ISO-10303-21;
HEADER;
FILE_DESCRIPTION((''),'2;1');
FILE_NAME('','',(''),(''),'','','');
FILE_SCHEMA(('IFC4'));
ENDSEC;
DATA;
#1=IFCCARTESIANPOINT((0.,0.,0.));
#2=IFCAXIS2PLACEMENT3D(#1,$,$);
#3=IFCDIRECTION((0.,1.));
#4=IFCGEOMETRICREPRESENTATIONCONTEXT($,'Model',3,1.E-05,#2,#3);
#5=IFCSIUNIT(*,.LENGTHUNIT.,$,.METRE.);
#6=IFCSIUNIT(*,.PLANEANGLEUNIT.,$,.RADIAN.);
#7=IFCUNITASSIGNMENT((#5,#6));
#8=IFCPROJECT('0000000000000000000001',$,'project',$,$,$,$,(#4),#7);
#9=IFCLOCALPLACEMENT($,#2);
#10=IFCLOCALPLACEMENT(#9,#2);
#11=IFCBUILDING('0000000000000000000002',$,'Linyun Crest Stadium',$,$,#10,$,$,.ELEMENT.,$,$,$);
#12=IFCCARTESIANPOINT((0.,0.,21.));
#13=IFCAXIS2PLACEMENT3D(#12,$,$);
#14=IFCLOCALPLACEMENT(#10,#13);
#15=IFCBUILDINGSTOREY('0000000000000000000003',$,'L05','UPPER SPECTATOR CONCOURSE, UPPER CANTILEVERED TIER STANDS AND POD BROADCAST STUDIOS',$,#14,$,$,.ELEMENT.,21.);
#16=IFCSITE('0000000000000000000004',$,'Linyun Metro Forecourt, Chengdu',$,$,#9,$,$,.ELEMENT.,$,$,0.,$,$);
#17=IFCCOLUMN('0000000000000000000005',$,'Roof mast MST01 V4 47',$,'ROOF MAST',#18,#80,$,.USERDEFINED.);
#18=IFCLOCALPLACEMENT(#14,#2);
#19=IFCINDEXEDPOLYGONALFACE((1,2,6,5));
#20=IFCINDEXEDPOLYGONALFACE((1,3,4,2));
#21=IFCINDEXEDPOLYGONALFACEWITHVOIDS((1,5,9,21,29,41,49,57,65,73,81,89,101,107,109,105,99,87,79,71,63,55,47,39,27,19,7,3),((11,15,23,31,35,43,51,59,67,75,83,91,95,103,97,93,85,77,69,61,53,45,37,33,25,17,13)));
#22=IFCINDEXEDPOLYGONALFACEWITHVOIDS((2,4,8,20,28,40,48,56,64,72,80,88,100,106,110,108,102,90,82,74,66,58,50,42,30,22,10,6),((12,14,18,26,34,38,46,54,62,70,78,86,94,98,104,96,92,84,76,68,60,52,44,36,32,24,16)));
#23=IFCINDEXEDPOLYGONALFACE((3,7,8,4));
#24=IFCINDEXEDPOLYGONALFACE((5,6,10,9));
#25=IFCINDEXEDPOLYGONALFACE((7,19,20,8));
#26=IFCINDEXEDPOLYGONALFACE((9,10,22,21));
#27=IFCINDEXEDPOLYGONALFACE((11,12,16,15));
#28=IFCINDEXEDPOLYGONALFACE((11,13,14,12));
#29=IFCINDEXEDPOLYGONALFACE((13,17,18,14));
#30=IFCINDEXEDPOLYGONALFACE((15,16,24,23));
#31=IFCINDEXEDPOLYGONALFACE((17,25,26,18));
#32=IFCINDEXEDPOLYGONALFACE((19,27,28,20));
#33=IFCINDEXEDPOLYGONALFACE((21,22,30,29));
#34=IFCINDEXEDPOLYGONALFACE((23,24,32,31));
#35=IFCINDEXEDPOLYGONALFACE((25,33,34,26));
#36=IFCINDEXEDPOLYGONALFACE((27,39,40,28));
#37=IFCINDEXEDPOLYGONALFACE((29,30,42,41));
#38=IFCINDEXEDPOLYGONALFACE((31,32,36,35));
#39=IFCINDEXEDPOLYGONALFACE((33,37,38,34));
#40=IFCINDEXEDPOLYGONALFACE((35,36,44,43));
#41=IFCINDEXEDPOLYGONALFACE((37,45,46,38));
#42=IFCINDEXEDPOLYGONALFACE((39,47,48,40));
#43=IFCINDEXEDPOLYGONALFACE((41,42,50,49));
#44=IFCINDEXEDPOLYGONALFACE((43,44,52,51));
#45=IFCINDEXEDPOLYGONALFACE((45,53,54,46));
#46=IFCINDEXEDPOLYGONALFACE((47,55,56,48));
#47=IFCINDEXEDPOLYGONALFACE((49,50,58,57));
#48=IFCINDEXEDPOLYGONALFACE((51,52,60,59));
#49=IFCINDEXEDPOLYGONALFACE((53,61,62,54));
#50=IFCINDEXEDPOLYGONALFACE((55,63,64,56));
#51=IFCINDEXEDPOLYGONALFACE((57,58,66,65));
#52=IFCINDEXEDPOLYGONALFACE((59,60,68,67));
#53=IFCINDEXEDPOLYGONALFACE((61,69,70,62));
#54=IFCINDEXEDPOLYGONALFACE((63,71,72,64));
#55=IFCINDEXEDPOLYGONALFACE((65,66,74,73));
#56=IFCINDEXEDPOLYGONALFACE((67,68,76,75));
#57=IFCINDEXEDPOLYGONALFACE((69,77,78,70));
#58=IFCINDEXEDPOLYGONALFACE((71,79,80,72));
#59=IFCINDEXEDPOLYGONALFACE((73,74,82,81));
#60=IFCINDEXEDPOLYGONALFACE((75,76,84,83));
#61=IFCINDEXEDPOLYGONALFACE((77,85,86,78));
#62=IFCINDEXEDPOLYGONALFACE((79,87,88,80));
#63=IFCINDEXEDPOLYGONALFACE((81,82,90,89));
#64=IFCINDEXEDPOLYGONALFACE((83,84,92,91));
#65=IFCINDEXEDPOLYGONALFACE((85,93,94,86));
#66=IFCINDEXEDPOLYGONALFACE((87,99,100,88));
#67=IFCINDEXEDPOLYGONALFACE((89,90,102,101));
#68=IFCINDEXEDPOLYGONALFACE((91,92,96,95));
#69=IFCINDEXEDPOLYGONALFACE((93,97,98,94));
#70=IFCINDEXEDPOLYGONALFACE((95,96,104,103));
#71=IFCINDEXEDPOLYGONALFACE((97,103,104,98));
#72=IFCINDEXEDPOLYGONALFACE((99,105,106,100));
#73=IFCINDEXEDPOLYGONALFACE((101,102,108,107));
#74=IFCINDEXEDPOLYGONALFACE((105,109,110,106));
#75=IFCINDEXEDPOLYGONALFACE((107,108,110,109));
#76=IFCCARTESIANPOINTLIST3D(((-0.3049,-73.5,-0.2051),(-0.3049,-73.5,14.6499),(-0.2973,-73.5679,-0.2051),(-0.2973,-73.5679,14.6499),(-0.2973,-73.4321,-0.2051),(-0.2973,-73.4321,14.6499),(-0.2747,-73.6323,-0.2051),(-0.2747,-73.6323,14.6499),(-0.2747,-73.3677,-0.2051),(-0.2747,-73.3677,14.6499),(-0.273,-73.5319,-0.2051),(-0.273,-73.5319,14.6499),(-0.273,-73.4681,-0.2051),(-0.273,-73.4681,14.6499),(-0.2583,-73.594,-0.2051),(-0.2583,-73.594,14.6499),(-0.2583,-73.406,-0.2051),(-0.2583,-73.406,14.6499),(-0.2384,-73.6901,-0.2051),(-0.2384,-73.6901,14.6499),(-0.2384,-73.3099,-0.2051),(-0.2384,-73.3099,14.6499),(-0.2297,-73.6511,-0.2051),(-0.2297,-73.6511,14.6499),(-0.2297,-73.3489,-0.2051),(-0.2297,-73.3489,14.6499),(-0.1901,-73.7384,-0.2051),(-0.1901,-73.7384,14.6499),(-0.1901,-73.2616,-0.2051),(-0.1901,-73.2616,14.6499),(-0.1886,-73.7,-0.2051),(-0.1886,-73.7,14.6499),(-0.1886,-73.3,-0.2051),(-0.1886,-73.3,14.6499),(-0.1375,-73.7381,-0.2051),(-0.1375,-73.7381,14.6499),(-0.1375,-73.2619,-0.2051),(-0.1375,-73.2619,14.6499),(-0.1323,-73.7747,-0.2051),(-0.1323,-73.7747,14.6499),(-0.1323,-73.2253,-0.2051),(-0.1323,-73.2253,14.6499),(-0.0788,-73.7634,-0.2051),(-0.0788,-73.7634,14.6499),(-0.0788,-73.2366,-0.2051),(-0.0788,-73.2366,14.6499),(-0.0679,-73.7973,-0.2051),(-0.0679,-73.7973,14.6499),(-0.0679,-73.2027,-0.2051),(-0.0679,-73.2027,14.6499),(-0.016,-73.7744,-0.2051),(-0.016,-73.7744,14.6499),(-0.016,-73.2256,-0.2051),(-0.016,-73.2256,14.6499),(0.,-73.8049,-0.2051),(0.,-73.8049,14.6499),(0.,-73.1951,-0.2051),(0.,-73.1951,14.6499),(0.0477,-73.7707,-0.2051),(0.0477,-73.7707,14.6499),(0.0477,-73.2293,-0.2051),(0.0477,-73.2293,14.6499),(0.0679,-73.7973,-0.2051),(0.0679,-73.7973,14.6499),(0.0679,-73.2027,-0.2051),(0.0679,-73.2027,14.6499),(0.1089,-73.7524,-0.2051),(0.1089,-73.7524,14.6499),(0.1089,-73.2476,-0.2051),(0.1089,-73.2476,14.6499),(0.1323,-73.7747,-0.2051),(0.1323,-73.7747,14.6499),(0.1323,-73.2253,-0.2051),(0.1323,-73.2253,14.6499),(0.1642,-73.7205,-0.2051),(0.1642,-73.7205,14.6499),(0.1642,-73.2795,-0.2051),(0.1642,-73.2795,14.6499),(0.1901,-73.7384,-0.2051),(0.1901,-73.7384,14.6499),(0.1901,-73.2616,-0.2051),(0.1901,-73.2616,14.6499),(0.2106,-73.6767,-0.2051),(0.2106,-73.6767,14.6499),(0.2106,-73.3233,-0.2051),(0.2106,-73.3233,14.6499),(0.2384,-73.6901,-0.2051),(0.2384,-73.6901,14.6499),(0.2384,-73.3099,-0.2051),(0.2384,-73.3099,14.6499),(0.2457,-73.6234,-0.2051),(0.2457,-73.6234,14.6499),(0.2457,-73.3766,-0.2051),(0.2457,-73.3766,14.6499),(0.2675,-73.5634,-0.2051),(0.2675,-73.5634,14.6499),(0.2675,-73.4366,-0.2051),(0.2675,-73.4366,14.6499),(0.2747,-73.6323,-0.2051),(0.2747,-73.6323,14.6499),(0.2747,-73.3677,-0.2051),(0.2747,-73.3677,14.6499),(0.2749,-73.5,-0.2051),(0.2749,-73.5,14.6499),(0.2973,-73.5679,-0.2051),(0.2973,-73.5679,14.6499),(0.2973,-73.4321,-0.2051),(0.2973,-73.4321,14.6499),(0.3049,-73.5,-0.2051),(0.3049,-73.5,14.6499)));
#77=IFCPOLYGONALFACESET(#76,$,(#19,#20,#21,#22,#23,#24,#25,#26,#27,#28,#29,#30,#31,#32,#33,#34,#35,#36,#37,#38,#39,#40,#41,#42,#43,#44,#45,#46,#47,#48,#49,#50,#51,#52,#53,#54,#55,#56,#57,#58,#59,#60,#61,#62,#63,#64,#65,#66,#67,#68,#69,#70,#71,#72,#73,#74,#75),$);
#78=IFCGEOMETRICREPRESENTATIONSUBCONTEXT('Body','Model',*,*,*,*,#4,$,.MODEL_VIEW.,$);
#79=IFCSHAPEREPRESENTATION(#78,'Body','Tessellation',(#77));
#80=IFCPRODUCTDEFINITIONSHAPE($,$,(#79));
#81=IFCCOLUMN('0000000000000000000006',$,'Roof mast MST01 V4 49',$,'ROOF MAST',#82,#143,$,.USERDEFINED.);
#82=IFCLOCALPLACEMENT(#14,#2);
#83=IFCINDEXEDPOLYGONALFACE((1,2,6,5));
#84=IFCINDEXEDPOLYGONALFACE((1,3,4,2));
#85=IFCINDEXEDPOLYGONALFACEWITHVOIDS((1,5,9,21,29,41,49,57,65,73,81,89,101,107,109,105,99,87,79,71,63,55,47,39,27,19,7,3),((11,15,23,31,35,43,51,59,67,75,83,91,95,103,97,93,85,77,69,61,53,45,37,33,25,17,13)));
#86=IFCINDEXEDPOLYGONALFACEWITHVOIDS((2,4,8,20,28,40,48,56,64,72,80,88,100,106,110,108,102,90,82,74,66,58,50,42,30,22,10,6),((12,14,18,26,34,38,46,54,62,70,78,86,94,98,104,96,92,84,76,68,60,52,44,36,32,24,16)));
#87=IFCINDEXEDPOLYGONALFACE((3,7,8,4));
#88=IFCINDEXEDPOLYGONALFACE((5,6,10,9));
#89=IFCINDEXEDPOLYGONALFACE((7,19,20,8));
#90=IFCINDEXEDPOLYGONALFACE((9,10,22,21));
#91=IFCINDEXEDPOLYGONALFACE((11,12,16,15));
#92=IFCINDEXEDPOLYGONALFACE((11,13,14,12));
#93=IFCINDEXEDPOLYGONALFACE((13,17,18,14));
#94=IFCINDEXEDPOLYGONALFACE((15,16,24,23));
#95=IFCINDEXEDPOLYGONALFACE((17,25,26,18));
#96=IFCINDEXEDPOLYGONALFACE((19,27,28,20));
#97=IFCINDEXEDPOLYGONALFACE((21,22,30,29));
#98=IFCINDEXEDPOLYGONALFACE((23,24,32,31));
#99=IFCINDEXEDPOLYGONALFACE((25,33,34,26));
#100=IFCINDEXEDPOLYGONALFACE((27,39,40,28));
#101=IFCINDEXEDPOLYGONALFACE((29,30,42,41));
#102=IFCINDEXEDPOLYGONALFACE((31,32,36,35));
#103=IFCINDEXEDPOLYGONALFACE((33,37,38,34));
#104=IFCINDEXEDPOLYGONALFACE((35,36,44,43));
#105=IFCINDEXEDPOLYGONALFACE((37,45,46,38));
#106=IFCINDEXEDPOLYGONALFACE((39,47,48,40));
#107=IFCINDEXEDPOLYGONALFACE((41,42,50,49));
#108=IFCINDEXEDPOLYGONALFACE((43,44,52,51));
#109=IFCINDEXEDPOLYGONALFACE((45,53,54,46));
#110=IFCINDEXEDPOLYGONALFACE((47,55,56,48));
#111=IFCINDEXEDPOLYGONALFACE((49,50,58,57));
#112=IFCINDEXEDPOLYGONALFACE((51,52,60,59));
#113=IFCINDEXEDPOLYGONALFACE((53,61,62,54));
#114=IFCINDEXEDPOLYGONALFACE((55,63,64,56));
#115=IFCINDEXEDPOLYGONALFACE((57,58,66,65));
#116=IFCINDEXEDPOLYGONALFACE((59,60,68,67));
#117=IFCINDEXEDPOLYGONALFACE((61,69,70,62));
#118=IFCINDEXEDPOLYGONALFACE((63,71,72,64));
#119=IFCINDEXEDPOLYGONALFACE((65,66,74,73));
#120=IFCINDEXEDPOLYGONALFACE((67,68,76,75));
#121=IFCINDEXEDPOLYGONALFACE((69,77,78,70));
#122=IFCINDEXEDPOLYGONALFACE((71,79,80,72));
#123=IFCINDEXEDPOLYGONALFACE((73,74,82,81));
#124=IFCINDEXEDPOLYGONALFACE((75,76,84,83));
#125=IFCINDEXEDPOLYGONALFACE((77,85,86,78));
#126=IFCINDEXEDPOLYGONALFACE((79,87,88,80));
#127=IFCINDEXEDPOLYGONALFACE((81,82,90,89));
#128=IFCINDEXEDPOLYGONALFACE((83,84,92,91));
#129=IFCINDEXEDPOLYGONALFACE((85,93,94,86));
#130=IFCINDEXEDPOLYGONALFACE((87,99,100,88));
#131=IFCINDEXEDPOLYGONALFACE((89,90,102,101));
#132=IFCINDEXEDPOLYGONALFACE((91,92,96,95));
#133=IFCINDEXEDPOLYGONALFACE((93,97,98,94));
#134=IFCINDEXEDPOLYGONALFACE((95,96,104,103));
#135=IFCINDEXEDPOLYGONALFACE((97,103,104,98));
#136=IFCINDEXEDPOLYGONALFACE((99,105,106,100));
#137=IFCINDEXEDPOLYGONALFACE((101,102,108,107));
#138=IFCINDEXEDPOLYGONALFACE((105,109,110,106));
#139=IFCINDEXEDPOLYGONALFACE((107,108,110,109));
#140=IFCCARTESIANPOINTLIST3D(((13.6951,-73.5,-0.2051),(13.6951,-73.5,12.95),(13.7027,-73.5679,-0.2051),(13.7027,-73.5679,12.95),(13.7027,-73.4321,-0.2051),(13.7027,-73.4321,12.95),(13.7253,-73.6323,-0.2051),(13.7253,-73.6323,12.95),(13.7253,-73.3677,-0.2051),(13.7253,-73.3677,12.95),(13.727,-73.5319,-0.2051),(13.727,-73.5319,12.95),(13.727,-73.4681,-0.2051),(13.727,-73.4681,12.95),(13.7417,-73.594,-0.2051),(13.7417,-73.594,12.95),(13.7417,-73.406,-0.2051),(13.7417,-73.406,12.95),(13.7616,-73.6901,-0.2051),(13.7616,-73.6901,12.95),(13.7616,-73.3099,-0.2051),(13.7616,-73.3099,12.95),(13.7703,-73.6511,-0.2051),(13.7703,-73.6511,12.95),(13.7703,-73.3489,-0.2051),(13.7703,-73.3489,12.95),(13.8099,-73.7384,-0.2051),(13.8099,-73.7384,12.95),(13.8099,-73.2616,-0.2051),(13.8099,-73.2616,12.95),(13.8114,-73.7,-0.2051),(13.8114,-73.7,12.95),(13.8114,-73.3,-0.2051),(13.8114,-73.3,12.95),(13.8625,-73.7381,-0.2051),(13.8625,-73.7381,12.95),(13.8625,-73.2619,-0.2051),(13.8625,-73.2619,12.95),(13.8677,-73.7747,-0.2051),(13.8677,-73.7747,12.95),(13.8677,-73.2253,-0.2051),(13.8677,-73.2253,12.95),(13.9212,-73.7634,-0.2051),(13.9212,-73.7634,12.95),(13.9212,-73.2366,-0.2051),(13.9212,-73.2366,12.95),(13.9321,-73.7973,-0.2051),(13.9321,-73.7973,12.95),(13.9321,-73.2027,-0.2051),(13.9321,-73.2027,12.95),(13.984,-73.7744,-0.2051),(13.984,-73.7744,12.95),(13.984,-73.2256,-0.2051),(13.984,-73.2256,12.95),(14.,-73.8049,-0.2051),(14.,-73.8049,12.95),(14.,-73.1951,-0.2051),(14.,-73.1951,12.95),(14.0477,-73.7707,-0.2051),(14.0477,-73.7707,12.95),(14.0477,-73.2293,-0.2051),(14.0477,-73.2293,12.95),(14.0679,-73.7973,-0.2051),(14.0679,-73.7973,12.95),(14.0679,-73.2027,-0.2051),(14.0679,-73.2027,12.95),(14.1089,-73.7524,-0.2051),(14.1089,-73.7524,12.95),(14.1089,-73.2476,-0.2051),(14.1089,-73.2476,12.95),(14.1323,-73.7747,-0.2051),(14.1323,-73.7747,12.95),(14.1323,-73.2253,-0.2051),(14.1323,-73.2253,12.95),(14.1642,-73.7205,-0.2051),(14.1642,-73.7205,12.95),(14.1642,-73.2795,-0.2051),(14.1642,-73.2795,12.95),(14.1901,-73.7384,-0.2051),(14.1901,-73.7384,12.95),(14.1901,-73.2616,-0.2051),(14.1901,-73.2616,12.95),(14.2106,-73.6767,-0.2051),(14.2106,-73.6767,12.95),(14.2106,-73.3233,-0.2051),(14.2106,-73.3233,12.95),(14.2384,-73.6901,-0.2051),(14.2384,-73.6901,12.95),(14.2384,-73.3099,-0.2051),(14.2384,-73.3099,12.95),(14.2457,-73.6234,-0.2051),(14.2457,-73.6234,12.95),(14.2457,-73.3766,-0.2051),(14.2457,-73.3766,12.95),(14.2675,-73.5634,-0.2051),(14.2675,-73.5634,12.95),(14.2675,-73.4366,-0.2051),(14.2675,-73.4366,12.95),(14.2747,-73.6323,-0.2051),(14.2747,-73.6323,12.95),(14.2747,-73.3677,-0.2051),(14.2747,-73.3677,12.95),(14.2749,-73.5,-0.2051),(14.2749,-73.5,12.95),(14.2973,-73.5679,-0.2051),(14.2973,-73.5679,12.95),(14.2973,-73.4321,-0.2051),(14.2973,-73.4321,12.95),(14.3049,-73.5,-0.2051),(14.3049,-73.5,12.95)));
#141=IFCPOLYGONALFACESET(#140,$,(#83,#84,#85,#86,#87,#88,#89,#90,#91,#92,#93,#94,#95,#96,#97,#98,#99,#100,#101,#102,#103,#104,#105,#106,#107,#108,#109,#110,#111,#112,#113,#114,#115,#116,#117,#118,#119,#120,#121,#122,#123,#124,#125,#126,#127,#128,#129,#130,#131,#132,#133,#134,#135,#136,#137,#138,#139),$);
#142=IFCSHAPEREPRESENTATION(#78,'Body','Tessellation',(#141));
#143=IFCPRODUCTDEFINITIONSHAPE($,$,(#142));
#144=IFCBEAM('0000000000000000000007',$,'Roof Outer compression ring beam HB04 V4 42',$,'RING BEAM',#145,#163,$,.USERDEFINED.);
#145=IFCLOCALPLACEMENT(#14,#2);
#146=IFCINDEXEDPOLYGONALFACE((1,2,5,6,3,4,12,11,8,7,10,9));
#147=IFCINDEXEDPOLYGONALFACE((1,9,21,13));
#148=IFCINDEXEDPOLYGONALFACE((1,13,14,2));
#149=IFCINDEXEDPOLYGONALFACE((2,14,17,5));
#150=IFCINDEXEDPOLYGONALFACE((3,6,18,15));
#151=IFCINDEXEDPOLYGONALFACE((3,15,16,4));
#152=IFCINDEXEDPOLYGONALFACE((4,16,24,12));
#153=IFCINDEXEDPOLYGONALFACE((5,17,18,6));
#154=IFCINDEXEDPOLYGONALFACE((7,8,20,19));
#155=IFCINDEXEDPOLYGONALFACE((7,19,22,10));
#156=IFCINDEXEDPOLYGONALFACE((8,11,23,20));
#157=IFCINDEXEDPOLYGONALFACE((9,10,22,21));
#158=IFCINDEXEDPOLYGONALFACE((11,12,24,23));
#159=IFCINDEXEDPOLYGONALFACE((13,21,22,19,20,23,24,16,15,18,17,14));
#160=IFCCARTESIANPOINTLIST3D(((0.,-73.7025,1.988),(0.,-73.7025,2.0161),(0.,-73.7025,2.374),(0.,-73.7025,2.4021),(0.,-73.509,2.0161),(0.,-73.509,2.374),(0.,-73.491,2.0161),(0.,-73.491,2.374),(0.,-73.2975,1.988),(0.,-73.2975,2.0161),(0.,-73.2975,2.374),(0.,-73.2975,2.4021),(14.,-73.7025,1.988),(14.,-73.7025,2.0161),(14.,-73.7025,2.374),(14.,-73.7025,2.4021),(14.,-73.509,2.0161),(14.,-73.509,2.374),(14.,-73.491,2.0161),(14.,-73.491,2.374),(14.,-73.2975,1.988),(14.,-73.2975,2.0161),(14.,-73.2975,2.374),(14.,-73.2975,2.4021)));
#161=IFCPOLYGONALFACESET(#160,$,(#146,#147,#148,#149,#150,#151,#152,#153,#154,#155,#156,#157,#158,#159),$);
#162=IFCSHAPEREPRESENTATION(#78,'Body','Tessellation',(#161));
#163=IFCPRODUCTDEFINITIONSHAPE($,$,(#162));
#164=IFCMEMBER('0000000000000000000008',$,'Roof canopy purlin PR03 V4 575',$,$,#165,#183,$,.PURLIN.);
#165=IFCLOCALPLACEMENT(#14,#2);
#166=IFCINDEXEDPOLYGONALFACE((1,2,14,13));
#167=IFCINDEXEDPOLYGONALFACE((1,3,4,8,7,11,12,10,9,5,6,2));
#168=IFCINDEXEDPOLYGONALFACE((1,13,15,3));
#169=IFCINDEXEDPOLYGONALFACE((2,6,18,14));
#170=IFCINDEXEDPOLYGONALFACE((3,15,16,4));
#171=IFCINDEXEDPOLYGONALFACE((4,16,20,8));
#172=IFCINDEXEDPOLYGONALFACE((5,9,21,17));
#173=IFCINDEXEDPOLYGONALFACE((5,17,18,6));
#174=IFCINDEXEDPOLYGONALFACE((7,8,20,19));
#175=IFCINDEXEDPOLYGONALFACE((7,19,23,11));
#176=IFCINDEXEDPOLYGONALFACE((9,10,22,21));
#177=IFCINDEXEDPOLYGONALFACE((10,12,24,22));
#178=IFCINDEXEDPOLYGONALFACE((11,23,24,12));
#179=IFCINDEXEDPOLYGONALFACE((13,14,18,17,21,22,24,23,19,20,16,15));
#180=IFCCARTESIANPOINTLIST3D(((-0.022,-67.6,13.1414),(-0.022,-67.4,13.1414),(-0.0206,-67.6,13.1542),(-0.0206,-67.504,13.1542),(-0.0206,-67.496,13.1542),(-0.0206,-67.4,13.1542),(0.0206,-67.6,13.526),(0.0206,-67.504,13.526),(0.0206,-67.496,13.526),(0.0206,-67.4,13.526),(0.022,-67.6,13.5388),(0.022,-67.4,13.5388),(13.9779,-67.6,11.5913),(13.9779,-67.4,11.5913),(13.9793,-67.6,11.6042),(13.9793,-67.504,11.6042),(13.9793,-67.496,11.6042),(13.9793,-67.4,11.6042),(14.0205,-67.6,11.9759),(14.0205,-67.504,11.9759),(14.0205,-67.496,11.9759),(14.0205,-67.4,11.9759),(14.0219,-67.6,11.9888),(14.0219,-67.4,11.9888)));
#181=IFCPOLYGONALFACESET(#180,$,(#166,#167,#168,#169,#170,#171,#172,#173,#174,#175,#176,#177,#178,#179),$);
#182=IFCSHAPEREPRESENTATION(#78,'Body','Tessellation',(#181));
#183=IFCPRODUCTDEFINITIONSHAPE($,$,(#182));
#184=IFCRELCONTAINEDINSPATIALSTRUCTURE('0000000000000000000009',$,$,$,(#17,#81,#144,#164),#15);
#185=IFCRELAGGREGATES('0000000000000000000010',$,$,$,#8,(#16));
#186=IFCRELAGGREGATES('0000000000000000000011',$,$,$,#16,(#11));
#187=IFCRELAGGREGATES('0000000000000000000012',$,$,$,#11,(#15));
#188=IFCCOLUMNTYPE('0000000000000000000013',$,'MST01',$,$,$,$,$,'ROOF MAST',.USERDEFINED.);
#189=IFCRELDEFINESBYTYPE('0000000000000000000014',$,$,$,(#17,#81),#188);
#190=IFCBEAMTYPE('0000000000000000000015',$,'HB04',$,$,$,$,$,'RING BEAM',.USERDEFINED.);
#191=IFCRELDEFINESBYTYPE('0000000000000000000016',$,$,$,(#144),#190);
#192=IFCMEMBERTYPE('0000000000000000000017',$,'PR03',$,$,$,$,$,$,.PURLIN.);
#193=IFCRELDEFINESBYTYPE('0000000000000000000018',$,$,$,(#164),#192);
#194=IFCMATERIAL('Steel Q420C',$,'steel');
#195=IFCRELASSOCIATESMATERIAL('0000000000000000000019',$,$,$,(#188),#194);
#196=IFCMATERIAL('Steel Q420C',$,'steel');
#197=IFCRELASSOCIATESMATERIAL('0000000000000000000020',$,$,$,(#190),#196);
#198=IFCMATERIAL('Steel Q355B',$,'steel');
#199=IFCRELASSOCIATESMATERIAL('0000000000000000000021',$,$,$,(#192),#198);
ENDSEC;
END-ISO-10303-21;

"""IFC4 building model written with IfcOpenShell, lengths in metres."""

from ifc_helpers import new_model, si_unit, direction, frame, origin, origin_2d, place, context, subcontext, project, spatial, hollow_circle, i_section, extrude, material, material_profile, profile_set, type_object, element, save


model = new_model("IFC4")

# Units and contexts
model_context = context("Model", 3, precision=1e-05, world=origin(), true_north=direction((0.0, 1.0)))
body_context = subcontext(model_context, "Body", "Model", "MODEL_VIEW")
ifc_project = project(units=[si_unit("LENGTHUNIT", "METRE"), si_unit("PLANEANGLEUNIT", "RADIAN")], contexts=[model_context])

# Site, building, storey
site_placement = place(None, origin())
site = spatial("IfcSite", under=ifc_project, at=site_placement, Name="Linyun Metro Forecourt, Chengdu", CompositionType="ELEMENT", RefElevation=0.0)
building_placement = place(site_placement, origin())
building = spatial("IfcBuilding", under=site, at=building_placement, Name="Linyun Crest Stadium", CompositionType="ELEMENT")
storey_placement = place(building_placement, frame((0.0, 0.0, 21.0)))
storey = spatial("IfcBuildingStorey", under=building, at=storey_placement, Name="L05", Description="UPPER SPECTATOR CONCOURSE, UPPER CANTILEVERED TIER STANDS AND POD BROADCAST STUDIOS", CompositionType="ELEMENT", Elevation=21.0)

# Columns
ifc_material_1 = material(Name="Steel Q420C", Category="steel")
ifc_material_profile_1 = material_profile(ifc_material_1, hollow_circle(Radius=0.3049, WallThickness=0.03, at=origin_2d()), Name="CHS 610x30")
ifc_profile_set_1 = profile_set([ifc_material_profile_1], Name="Steel Q420C")
column_type = type_object("IfcColumnType", Name="MST01", ElementType="ROOF MAST", PredefinedType="USERDEFINED", material=ifc_profile_set_1)
column_1_placement = place(storey_placement, frame((0.0, -73.5, -0.2051), z_axis=(0.0, 0.0, 1.0), x_axis=(1.0, 0.0, 0.0)))
element("IfcColumn", 1, at=column_1_placement, inside=storey, type_object=column_type, Name="Roof mast MST01 V4 47", ObjectType="ROOF MAST", PredefinedType="USERDEFINED", context=body_context, shape_type="SweptSolid", body=[
    extrude(hollow_circle(Radius=0.3049, WallThickness=0.03, at=origin_2d()), origin(), (0.0, 0.0, 1.0), 14.855),
])
column_2_placement = place(storey_placement, frame((14.0, -73.5, -0.2051), z_axis=(0.0, 0.0, 1.0), x_axis=(1.0, 0.0, 0.0)))
element("IfcColumn", 2, at=column_2_placement, inside=storey, type_object=column_type, Name="Roof mast MST01 V4 49", ObjectType="ROOF MAST", PredefinedType="USERDEFINED", context=body_context, shape_type="SweptSolid", body=[
    extrude(hollow_circle(Radius=0.3049, WallThickness=0.03, at=origin_2d()), origin(), (0.0, 0.0, 1.0), 13.155),
])

# Beam
ifc_material_2 = material(Name="Steel Q420C", Category="steel")
ifc_material_profile_2 = material_profile(ifc_material_2, i_section(OverallWidth=0.405, OverallDepth=0.4141, WebThickness=0.0181, FlangeThickness=0.0281, at=origin_2d()), Name="HW 414x405")
ifc_profile_set_2 = profile_set([ifc_material_profile_2], Name="Steel Q420C")
beam_type = type_object("IfcBeamType", Name="HB04", ElementType="RING BEAM", PredefinedType="USERDEFINED", material=ifc_profile_set_2)
beam_placement = place(storey_placement, frame((0.0, -73.5, 2.1951), z_axis=(1.0, 0.0, 0.0), x_axis=(0.0, 1.0, 0.0)))
element("IfcBeam", 3, at=beam_placement, inside=storey, type_object=beam_type, Name="Roof Outer compression ring beam HB04 V4 42", ObjectType="RING BEAM", PredefinedType="USERDEFINED", context=body_context, shape_type="SweptSolid", body=[
    extrude(i_section(OverallWidth=0.405, OverallDepth=0.4141, WebThickness=0.0181, FlangeThickness=0.0281, at=origin_2d()), origin(), (0.0, 0.0, 1.0), 14.0),
])

# Member
ifc_material_3 = material(Name="Steel Q355B", Category="steel")
ifc_material_profile_3 = material_profile(ifc_material_3, i_section(OverallWidth=0.2, OverallDepth=0.3999, WebThickness=0.0081, FlangeThickness=0.0129, at=origin_2d()), Name="HN 400x200")
ifc_profile_set_3 = profile_set([ifc_material_profile_3], Name="Steel Q355B")
member_type_1 = type_object("IfcMemberType", Name="PR03", PredefinedType="PURLIN", material=ifc_profile_set_3)
member_1_placement = place(storey_placement, frame((0.0, -67.5, 13.3401), z_axis=(0.993927, 0.0, -0.110045), x_axis=(0.0, 1.0, 0.0)))
element("IfcMember", 4, at=member_1_placement, inside=storey, type_object=member_type_1, Name="Roof canopy purlin PR03 V4 575", PredefinedType="PURLIN", context=body_context, shape_type="SweptSolid", body=[
    extrude(i_section(OverallWidth=0.2, OverallDepth=0.3999, WebThickness=0.0081, FlangeThickness=0.0129, at=origin_2d()), origin(), (0.0, 0.0, 1.0), 14.0854),
])

save(model, "model.ifc")
